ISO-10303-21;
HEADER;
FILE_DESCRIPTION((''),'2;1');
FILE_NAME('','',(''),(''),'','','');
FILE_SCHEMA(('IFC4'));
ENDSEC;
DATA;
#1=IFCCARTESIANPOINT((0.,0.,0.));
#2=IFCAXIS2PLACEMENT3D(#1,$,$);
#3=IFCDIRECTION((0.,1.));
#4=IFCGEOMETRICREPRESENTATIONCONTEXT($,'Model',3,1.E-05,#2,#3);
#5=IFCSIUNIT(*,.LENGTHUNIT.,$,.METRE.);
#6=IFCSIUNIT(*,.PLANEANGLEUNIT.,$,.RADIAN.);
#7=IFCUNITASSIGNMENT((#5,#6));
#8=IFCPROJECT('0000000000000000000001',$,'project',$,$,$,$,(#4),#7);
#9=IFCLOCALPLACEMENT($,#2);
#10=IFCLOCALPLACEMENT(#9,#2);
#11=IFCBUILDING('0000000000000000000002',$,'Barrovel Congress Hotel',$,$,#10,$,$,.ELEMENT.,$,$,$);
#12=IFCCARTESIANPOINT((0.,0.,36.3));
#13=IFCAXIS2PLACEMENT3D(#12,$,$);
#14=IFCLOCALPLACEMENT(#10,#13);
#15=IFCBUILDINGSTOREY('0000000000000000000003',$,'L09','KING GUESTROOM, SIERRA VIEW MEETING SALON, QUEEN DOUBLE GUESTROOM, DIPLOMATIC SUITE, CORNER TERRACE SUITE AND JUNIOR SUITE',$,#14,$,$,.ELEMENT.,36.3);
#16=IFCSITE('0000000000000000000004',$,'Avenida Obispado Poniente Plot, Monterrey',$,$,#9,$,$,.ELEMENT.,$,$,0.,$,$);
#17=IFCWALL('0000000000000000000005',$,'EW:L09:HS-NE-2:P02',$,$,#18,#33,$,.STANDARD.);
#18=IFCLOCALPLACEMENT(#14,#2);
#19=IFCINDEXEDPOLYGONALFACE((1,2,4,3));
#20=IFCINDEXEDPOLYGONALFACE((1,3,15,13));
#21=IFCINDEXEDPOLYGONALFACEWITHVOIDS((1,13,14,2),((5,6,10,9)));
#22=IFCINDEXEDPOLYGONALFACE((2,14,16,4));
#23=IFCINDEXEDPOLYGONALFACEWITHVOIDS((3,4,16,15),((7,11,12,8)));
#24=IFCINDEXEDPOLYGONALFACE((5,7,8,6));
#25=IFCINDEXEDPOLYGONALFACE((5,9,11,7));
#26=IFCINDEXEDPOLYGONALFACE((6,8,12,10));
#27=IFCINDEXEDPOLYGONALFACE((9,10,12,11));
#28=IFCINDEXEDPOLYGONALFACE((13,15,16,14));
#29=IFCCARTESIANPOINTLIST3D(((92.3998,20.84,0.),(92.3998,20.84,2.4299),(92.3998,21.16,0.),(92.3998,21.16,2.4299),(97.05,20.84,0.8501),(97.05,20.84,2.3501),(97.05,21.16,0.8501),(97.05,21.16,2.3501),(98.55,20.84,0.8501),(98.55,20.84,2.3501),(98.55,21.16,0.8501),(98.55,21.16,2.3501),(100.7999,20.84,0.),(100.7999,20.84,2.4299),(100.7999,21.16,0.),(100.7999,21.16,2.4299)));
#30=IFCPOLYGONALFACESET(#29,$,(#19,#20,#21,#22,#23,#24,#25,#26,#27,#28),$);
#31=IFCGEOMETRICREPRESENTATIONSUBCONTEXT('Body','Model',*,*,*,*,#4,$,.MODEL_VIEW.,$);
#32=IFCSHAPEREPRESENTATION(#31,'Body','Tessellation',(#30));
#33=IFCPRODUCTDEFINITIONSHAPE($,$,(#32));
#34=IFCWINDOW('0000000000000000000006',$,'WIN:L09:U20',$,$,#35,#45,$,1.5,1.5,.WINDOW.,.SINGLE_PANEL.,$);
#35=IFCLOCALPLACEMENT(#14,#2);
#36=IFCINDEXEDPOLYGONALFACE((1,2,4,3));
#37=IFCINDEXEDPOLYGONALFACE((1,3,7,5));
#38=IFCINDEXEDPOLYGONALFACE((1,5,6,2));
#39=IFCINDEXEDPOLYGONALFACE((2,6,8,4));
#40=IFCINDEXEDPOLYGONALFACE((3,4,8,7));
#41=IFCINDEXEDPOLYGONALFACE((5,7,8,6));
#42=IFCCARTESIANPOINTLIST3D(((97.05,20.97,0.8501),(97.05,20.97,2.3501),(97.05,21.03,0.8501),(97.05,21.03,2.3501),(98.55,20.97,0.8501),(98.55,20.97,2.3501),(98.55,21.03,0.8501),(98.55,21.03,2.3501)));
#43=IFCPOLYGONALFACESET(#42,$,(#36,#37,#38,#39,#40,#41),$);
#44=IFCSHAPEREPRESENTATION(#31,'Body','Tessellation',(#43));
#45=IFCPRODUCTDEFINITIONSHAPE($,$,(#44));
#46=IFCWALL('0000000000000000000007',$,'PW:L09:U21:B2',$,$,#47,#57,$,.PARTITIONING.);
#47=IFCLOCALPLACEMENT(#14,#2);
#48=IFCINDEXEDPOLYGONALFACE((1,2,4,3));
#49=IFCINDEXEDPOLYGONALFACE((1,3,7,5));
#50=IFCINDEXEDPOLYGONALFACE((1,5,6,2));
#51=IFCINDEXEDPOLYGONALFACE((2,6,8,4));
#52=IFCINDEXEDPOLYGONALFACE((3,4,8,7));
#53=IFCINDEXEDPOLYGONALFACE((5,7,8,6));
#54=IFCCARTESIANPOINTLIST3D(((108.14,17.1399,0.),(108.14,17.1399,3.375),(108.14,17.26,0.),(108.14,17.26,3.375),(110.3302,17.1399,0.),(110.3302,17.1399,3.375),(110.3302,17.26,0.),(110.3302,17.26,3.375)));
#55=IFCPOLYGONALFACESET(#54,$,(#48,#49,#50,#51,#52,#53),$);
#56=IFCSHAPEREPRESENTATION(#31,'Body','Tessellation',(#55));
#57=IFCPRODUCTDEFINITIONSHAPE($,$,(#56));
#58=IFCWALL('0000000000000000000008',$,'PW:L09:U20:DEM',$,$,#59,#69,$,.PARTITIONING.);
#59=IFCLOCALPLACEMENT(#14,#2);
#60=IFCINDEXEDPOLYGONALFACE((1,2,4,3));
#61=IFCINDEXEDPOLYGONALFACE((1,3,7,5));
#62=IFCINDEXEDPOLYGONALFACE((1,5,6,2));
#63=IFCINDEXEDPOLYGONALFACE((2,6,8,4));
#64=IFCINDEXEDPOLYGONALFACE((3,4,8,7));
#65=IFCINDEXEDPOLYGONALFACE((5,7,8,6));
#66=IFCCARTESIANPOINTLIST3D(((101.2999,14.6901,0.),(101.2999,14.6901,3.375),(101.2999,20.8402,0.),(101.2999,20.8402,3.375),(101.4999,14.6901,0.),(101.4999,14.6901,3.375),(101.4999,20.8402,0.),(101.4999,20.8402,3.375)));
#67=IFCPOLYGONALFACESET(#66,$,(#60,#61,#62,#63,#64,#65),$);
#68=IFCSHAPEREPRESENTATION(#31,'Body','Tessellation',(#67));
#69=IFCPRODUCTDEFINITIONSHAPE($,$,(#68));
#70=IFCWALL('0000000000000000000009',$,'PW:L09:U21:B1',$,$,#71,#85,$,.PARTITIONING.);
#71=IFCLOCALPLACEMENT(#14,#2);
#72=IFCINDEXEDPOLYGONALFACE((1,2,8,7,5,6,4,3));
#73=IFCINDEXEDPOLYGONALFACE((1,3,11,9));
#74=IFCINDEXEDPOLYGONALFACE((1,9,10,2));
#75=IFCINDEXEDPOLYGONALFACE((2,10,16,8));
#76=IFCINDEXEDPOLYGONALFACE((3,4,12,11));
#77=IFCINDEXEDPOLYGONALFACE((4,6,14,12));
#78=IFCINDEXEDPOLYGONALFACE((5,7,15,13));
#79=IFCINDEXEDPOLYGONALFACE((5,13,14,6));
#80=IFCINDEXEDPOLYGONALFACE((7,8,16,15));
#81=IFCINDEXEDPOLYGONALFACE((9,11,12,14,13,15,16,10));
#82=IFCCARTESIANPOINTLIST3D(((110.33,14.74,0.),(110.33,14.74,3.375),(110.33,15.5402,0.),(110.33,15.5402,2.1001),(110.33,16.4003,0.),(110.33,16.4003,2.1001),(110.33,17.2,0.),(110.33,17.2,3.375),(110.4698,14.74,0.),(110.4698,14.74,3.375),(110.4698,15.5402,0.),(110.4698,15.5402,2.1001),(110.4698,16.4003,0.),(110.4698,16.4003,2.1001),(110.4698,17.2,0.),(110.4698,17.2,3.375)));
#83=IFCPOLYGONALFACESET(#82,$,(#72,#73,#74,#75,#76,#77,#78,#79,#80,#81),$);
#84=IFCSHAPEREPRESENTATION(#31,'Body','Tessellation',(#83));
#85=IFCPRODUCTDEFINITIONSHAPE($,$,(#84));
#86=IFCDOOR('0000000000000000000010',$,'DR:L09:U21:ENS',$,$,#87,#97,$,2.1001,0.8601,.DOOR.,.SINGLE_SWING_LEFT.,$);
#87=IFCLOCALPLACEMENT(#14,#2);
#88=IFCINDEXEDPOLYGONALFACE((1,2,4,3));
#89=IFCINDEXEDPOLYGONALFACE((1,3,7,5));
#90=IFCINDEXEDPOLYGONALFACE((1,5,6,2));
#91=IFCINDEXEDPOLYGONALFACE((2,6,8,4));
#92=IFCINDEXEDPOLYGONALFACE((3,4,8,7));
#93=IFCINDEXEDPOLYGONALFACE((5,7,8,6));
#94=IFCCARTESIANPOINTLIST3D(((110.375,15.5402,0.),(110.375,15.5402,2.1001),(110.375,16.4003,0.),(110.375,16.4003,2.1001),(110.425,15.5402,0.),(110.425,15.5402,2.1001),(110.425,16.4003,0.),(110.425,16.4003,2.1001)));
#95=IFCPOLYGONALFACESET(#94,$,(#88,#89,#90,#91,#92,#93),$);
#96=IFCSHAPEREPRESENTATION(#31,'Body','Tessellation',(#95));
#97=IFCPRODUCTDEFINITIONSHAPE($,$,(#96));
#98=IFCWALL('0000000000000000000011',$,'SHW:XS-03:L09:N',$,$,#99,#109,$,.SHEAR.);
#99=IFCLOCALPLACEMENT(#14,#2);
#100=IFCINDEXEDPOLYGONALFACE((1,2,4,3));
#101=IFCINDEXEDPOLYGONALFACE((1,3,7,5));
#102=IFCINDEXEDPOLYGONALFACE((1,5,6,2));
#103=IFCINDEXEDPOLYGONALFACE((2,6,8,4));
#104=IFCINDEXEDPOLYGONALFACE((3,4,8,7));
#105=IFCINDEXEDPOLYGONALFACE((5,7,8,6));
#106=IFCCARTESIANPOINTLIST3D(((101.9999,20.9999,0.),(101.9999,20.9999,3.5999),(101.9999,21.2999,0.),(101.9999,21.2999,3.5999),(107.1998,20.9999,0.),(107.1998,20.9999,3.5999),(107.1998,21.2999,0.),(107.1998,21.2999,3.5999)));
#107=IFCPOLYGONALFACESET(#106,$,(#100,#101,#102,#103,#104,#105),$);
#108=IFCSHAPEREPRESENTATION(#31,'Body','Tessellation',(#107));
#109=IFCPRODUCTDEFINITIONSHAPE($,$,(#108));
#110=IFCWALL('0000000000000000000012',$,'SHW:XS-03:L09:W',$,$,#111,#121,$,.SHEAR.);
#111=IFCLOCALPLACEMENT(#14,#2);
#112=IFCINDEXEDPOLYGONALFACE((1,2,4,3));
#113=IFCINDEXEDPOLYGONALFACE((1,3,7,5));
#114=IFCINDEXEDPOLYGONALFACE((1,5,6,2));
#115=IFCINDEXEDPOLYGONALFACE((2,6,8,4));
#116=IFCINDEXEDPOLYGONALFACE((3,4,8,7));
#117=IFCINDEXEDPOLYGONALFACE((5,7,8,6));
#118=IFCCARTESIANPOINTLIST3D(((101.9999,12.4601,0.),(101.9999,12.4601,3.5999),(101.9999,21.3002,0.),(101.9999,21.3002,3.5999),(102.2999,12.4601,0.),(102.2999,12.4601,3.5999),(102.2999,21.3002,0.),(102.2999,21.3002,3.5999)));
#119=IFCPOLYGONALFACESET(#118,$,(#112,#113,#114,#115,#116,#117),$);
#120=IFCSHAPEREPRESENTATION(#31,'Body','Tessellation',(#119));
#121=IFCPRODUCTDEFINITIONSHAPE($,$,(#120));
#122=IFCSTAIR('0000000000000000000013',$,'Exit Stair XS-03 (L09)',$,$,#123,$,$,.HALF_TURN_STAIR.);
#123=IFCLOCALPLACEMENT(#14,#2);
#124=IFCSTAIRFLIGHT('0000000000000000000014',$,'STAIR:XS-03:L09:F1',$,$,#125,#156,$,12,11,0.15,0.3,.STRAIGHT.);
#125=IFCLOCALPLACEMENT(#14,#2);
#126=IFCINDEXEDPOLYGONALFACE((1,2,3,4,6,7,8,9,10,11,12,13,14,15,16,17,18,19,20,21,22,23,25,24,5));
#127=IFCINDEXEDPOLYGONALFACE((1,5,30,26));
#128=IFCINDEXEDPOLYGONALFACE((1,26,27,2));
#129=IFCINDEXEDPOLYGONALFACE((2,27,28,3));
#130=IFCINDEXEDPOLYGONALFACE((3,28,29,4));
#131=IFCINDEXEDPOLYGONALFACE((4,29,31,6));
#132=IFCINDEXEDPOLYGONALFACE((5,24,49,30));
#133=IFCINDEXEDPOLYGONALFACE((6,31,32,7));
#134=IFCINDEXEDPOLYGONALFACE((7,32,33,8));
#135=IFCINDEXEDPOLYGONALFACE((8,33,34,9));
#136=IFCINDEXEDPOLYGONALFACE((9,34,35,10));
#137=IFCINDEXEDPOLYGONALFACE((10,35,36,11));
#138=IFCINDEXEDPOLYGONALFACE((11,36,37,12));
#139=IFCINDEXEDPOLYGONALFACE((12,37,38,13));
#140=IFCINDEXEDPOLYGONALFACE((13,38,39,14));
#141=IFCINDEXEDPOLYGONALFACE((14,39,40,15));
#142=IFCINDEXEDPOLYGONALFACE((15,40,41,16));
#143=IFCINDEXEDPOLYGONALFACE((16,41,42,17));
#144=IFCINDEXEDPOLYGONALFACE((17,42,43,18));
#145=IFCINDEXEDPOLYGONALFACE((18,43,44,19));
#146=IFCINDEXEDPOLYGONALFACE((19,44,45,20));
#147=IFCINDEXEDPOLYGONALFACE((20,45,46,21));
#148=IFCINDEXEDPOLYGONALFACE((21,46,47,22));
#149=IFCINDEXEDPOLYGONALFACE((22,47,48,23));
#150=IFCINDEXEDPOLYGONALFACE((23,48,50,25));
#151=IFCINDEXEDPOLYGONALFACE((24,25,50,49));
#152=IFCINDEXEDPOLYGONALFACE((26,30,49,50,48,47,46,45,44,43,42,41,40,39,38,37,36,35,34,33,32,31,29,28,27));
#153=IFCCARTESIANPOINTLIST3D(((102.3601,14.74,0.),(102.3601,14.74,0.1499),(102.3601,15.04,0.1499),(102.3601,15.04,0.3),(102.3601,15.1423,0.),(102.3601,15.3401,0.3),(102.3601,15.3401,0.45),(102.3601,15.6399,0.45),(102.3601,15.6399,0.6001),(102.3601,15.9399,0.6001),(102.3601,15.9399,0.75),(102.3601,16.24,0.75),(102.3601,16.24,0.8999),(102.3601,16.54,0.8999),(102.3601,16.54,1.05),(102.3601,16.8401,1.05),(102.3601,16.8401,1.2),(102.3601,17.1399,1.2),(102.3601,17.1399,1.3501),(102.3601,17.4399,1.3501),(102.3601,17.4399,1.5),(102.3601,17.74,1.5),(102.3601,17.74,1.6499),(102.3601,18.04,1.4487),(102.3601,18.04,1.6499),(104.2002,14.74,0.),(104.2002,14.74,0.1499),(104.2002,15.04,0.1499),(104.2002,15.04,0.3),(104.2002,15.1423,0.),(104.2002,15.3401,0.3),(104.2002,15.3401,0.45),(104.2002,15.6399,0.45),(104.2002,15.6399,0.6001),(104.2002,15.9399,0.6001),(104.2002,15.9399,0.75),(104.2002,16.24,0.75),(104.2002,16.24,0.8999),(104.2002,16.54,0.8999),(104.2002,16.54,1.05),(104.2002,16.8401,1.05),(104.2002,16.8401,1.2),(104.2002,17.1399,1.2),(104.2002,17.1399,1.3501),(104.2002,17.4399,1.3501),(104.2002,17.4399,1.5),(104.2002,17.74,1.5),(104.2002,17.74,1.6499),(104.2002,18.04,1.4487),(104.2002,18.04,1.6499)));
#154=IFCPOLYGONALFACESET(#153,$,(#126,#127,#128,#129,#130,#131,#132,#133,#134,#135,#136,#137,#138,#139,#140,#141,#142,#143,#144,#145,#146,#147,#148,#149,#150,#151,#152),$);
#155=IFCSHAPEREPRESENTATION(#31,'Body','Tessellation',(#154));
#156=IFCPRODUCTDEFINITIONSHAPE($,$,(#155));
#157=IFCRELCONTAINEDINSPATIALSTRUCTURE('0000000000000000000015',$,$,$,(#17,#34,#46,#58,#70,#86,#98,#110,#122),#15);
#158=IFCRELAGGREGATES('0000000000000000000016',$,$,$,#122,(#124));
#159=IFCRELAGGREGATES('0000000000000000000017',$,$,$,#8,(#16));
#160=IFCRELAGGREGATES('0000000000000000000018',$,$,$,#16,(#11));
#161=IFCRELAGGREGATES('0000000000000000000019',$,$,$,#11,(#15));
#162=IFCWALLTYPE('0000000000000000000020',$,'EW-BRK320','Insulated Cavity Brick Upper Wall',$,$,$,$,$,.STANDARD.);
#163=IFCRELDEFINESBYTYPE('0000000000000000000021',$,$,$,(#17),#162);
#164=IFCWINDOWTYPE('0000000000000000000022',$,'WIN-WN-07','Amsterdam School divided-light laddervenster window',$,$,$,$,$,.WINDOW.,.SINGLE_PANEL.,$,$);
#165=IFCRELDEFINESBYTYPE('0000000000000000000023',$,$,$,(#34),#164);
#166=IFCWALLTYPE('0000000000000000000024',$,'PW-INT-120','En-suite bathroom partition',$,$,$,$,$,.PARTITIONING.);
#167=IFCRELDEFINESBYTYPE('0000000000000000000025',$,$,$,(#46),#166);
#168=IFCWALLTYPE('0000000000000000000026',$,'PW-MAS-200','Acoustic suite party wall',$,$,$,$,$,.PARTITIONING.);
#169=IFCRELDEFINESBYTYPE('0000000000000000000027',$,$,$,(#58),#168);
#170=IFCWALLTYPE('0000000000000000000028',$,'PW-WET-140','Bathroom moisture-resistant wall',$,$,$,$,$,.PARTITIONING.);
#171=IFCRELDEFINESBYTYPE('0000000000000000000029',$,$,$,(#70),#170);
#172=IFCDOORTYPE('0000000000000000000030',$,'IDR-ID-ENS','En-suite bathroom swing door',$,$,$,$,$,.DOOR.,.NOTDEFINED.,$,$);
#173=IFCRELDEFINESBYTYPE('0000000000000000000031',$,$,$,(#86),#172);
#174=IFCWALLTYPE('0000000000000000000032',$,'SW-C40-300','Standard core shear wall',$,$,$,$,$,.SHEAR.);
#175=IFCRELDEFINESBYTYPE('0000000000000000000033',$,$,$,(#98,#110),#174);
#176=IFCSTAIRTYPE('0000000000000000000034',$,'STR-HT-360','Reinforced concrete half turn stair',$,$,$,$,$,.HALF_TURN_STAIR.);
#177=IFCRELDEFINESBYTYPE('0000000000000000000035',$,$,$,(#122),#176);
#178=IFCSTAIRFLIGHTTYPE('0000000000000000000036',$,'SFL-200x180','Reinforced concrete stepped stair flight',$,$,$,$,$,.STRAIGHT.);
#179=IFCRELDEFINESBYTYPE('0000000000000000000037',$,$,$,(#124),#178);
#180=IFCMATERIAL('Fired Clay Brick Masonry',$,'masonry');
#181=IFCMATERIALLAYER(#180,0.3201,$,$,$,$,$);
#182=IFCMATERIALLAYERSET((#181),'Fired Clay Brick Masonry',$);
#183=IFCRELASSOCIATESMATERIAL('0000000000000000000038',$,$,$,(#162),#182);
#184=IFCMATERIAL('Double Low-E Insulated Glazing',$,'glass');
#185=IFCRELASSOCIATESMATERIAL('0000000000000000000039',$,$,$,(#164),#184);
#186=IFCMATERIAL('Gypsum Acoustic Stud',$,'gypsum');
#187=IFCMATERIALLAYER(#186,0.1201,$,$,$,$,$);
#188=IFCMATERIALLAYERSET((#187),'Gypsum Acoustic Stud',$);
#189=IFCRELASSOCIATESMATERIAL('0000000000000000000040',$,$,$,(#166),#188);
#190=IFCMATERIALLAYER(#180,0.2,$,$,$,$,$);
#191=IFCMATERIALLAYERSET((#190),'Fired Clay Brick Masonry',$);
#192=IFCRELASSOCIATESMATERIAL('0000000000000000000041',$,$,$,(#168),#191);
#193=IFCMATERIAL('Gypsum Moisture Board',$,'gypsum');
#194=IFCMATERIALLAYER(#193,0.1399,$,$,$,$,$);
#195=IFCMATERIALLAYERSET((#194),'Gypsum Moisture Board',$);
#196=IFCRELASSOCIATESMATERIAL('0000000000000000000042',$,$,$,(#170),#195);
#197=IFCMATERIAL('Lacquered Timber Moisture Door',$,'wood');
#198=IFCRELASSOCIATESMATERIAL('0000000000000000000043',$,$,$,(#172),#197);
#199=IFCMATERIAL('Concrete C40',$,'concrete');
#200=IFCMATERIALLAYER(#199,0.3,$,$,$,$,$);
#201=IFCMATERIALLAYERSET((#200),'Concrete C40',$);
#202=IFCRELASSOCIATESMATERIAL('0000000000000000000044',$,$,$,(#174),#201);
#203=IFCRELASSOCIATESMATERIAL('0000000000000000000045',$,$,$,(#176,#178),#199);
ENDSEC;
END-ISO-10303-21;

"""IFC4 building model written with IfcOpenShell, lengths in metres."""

from ifc_helpers import new_model, si_unit, direction, frame, frame_2d, origin, place, context, subcontext, project, spatial, polyline, rectangle, outline, extrude, material, layer, layer_set, type_object, element, fill, aggregate, save


model = new_model("IFC4")

# Units and contexts
model_context = context("Model", 3, precision=1e-05, world=origin(), true_north=direction((0.0, 1.0)))
body_context = subcontext(model_context, "Body", "Model", "MODEL_VIEW")
ifc_project = project(units=[si_unit("LENGTHUNIT", "METRE"), si_unit("PLANEANGLEUNIT", "RADIAN")], contexts=[model_context])

# Site, building, storey
site_placement = place(None, origin())
site = spatial("IfcSite", under=ifc_project, at=site_placement, Name="Avenida Obispado Poniente Plot, Monterrey", CompositionType="ELEMENT", RefElevation=0.0)
building_placement = place(site_placement, origin())
building = spatial("IfcBuilding", under=site, at=building_placement, Name="Barrovel Congress Hotel", CompositionType="ELEMENT")
storey_placement = place(building_placement, frame((0.0, 0.0, 36.3)))
storey = spatial("IfcBuildingStorey", under=building, at=storey_placement, Name="L09", Description="KING GUESTROOM, SIERRA VIEW MEETING SALON, QUEEN DOUBLE GUESTROOM, DIPLOMATIC SUITE, CORNER TERRACE SUITE AND JUNIOR SUITE", CompositionType="ELEMENT", Elevation=36.3)

# Shared definitions
ifc_material_1 = material(Name="Concrete C40", Category="concrete")

# Shared definitions
ifc_material_2 = material(Name="Fired Clay Brick Masonry", Category="masonry")
ifc_layer_1 = layer(ifc_material_2, 0.3201)
ifc_layer_set_1 = layer_set([ifc_layer_1], Name="Fired Clay Brick Masonry")
wall_type_1 = type_object("IfcWallType", Name="EW-BRK320", Description="Insulated Cavity Brick Upper Wall", PredefinedType="STANDARD", material=ifc_layer_set_1)

# Wall, opening, window
wall_1_placement = place(storey_placement, frame((100.8, 21.0, 0.0), z_axis=(0.0, 0.0, 1.0), x_axis=(-1.0, 0.0, 0.0)))
wall_1 = element("IfcWall", 1, at=wall_1_placement, inside=storey, type_object=wall_type_1, Name="EW:L09:HS-NE-2:P02", PredefinedType="STANDARD", context=body_context, shape_type="SweptSolid", body=[
    extrude(rectangle(XDim=8.4001, YDim=0.3201, at=frame_2d((4.2002, 0.0))), origin(), (0.0, 0.0, 1.0), 2.4299),
])
opening_1_placement = place(wall_1_placement, frame((2.25, 0.0, 0.8501)))
opening_1 = element("IfcOpeningElement", 2, at=opening_1_placement, cuts=wall_1, PredefinedType="OPENING", context=body_context, shape_type="SweptSolid", body=[
    extrude(rectangle(XDim=1.5, YDim=1.5, at=frame_2d((0.75, 0.75))), frame((0.0, 0.1699, 0.0), z_axis=(0.0, -1.0, 0.0), x_axis=(1.0, 0.0, 0.0)), (0.0, 0.0, 1.0), 0.3401),
])
ifc_material_3 = material(Name="Double Low-E Insulated Glazing", Category="glass")
window_type = type_object("IfcWindowType", Name="WIN-WN-07", Description="Amsterdam School divided-light laddervenster window", PartitioningType="SINGLE_PANEL", PredefinedType="WINDOW", material=ifc_material_3)
window_placement = place(opening_1_placement, origin())
window = element("IfcWindow", 3, at=window_placement, inside=storey, type_object=window_type, Name="WIN:L09:U20", OverallHeight=1.5, OverallWidth=1.5, PartitioningType="SINGLE_PANEL", PredefinedType="WINDOW", context=body_context, shape_type="SweptSolid", body=[
    extrude(rectangle(XDim=1.5, YDim=1.5, at=frame_2d((0.75, 0.75))), frame((0.0, 0.03, 0.0), z_axis=(0.0, -1.0, 0.0), x_axis=(1.0, 0.0, 0.0)), (0.0, 0.0, 1.0), 0.0601),
])
fill(opening_1, window)

# Walls
ifc_material_4 = material(Name="Gypsum Acoustic Stud", Category="gypsum")
ifc_layer_2 = layer(ifc_material_4, 0.1201)
ifc_layer_set_2 = layer_set([ifc_layer_2], Name="Gypsum Acoustic Stud")
wall_type_2 = type_object("IfcWallType", Name="PW-INT-120", Description="En-suite bathroom partition", PredefinedType="PARTITIONING", material=ifc_layer_set_2)
wall_2_placement = place(storey_placement, frame((108.1399, 17.2, 0.0), z_axis=(0.0, 0.0, 1.0), x_axis=(1.0, 0.0, 0.0)))
element("IfcWall", 4, at=wall_2_placement, inside=storey, type_object=wall_type_2, Name="PW:L09:U21:B2", PredefinedType="PARTITIONING", context=body_context, shape_type="SweptSolid", body=[
    extrude(rectangle(XDim=2.1902, YDim=0.1201, at=frame_2d((1.0952, 0.0))), origin(), (0.0, 0.0, 1.0), 3.375),
])
ifc_layer_3 = layer(ifc_material_2, 0.2)
ifc_layer_set_3 = layer_set([ifc_layer_3], Name="Fired Clay Brick Masonry")
wall_type_3 = type_object("IfcWallType", Name="PW-MAS-200", Description="Acoustic suite party wall", PredefinedType="PARTITIONING", material=ifc_layer_set_3)
wall_3_placement = place(storey_placement, frame((101.3999, 14.6899, 0.0), z_axis=(0.0, 0.0, 1.0), x_axis=(0.0, 1.0, 0.0)))
element("IfcWall", 5, at=wall_3_placement, inside=storey, type_object=wall_type_3, Name="PW:L09:U20:DEM", PredefinedType="PARTITIONING", context=body_context, shape_type="SweptSolid", body=[
    extrude(rectangle(XDim=6.1501, YDim=0.2, at=frame_2d((3.0752, 0.0))), origin(), (0.0, 0.0, 1.0), 3.375),
])

# Wall, opening, door
ifc_material_5 = material(Name="Gypsum Moisture Board", Category="gypsum")
ifc_layer_4 = layer(ifc_material_5, 0.1399)
ifc_layer_set_4 = layer_set([ifc_layer_4], Name="Gypsum Moisture Board")
wall_type_4 = type_object("IfcWallType", Name="PW-WET-140", Description="Bathroom moisture-resistant wall", PredefinedType="PARTITIONING", material=ifc_layer_set_4)
wall_4_placement = place(storey_placement, frame((110.3999, 14.74, 0.0), z_axis=(0.0, 0.0, 1.0), x_axis=(0.0, 1.0, 0.0)))
wall_4 = element("IfcWall", 6, at=wall_4_placement, inside=storey, type_object=wall_type_4, Name="PW:L09:U21:B1", PredefinedType="PARTITIONING", context=body_context, shape_type="SweptSolid", body=[
    extrude(rectangle(XDim=2.46, YDim=0.1399, at=frame_2d((1.23, 0.0))), origin(), (0.0, 0.0, 1.0), 3.375),
])
opening_2_placement = place(wall_4_placement, frame((0.8, 0.0, 0.0)))
opening_2 = element("IfcOpeningElement", 7, at=opening_2_placement, cuts=wall_4, PredefinedType="OPENING", context=body_context, shape_type="SweptSolid", body=[
    extrude(rectangle(XDim=0.8601, YDim=2.1001, at=frame_2d((0.4302, 1.05))), frame((0.0, 0.0801, 0.0), z_axis=(0.0, -1.0, 0.0), x_axis=(1.0, 0.0, 0.0)), (0.0, 0.0, 1.0), 0.1599),
])
ifc_material_6 = material(Name="Lacquered Timber Moisture Door", Category="wood")
door_type = type_object("IfcDoorType", Name="IDR-ID-ENS", Description="En-suite bathroom swing door", OperationType="NOTDEFINED", PredefinedType="DOOR", material=ifc_material_6)
door_placement = place(opening_2_placement, origin())
door = element("IfcDoor", 8, at=door_placement, inside=storey, type_object=door_type, Name="DR:L09:U21:ENS", OperationType="SINGLE_SWING_LEFT", OverallHeight=2.1001, OverallWidth=0.8601, PredefinedType="DOOR", context=body_context, shape_type="SweptSolid", body=[
    extrude(rectangle(XDim=0.8601, YDim=2.1001, at=frame_2d((0.4302, 1.05))), frame((0.0, 0.0249, 0.0), z_axis=(0.0, -1.0, 0.0), x_axis=(1.0, 0.0, 0.0)), (0.0, 0.0, 1.0), 0.05),
])
fill(opening_2, door)

# Walls
ifc_layer_5 = layer(ifc_material_1, 0.3)
ifc_layer_set_5 = layer_set([ifc_layer_5], Name="Concrete C40")
wall_type_5 = type_object("IfcWallType", Name="SW-C40-300", Description="Standard core shear wall", PredefinedType="SHEAR", material=ifc_layer_set_5)
wall_5_placement = place(storey_placement, frame((107.2, 21.1499, 0.0), z_axis=(0.0, 0.0, 1.0), x_axis=(-1.0, 0.0, 0.0)))
element("IfcWall", 9, at=wall_5_placement, inside=storey, type_object=wall_type_5, Name="SHW:XS-03:L09:N", PredefinedType="SHEAR", context=body_context, shape_type="SweptSolid", body=[
    extrude(rectangle(XDim=5.2, YDim=0.3, at=frame_2d((2.6001, 0.0))), origin(), (0.0, 0.0, 1.0), 3.5999),
])
wall_6_placement = place(storey_placement, frame((102.1499, 21.3, 0.0), z_axis=(0.0, 0.0, 1.0), x_axis=(0.0, -1.0, 0.0)))
element("IfcWall", 10, at=wall_6_placement, inside=storey, type_object=wall_type_5, Name="SHW:XS-03:L09:W", PredefinedType="SHEAR", context=body_context, shape_type="SweptSolid", body=[
    extrude(rectangle(XDim=8.8401, YDim=0.3, at=frame_2d((4.4199, 0.0))), origin(), (0.0, 0.0, 1.0), 3.5999),
])

# Stair, stair flight
stair_type = type_object("IfcStairType", Name="STR-HT-360", Description="Reinforced concrete half turn stair", PredefinedType="HALF_TURN_STAIR", material=ifc_material_1)
stair_placement = place(storey_placement, origin())
stair = element("IfcStair", 11, at=stair_placement, inside=storey, type_object=stair_type, Name="Exit Stair XS-03 (L09)", PredefinedType="HALF_TURN_STAIR")
stair_flight_type = type_object("IfcStairFlightType", Name="SFL-200x180", Description="Reinforced concrete stepped stair flight", PredefinedType="STRAIGHT", material=ifc_material_1)
stair_flight_1_placement = place(storey_placement, frame((103.28, 14.74, 0.0), z_axis=(0.0, 0.0, 1.0), x_axis=(0.0, 1.0, 0.0)))
stair_flight_1 = element("IfcStairFlight", 12, at=stair_flight_1_placement, type_object=stair_flight_type, Name="STAIR:XS-03:L09:F1", NumberOfRisers=12, NumberOfTreads=11, PredefinedType="STRAIGHT", RiserHeight=0.15, TreadLength=0.3, context=body_context, shape_type="SweptSolid", body=[
    extrude(outline(polyline([(0.0, 0.0), (0.0, 0.1499), (0.3, 0.1499), (0.3, 0.3), (0.6001, 0.3), (0.6001, 0.45), (0.8999, 0.45), (0.8999, 0.6001), (1.2, 0.6001), (1.2, 0.75), (1.5, 0.75), (1.5, 0.8999), (1.8, 0.8999), (1.8, 1.05), (2.1001, 1.05), (2.1001, 1.2), (2.3999, 1.2), (2.3999, 1.3501), (2.7, 1.3501), (2.7, 1.5), (3.0, 1.5), (3.0, 1.6499), (3.3, 1.6499), (3.3, 1.8), (3.3, 1.4487), (0.4023, 0.0), (0.0, 0.0)])), frame((0.0, 0.9199, 0.0), z_axis=(0.0, -1.0, 0.0), x_axis=(1.0, 0.0, 0.0)), (0.0, 0.0, 1.0), 1.8401),
])
aggregate(stair, [stair_flight_1])

save(model, "model.ifc")
